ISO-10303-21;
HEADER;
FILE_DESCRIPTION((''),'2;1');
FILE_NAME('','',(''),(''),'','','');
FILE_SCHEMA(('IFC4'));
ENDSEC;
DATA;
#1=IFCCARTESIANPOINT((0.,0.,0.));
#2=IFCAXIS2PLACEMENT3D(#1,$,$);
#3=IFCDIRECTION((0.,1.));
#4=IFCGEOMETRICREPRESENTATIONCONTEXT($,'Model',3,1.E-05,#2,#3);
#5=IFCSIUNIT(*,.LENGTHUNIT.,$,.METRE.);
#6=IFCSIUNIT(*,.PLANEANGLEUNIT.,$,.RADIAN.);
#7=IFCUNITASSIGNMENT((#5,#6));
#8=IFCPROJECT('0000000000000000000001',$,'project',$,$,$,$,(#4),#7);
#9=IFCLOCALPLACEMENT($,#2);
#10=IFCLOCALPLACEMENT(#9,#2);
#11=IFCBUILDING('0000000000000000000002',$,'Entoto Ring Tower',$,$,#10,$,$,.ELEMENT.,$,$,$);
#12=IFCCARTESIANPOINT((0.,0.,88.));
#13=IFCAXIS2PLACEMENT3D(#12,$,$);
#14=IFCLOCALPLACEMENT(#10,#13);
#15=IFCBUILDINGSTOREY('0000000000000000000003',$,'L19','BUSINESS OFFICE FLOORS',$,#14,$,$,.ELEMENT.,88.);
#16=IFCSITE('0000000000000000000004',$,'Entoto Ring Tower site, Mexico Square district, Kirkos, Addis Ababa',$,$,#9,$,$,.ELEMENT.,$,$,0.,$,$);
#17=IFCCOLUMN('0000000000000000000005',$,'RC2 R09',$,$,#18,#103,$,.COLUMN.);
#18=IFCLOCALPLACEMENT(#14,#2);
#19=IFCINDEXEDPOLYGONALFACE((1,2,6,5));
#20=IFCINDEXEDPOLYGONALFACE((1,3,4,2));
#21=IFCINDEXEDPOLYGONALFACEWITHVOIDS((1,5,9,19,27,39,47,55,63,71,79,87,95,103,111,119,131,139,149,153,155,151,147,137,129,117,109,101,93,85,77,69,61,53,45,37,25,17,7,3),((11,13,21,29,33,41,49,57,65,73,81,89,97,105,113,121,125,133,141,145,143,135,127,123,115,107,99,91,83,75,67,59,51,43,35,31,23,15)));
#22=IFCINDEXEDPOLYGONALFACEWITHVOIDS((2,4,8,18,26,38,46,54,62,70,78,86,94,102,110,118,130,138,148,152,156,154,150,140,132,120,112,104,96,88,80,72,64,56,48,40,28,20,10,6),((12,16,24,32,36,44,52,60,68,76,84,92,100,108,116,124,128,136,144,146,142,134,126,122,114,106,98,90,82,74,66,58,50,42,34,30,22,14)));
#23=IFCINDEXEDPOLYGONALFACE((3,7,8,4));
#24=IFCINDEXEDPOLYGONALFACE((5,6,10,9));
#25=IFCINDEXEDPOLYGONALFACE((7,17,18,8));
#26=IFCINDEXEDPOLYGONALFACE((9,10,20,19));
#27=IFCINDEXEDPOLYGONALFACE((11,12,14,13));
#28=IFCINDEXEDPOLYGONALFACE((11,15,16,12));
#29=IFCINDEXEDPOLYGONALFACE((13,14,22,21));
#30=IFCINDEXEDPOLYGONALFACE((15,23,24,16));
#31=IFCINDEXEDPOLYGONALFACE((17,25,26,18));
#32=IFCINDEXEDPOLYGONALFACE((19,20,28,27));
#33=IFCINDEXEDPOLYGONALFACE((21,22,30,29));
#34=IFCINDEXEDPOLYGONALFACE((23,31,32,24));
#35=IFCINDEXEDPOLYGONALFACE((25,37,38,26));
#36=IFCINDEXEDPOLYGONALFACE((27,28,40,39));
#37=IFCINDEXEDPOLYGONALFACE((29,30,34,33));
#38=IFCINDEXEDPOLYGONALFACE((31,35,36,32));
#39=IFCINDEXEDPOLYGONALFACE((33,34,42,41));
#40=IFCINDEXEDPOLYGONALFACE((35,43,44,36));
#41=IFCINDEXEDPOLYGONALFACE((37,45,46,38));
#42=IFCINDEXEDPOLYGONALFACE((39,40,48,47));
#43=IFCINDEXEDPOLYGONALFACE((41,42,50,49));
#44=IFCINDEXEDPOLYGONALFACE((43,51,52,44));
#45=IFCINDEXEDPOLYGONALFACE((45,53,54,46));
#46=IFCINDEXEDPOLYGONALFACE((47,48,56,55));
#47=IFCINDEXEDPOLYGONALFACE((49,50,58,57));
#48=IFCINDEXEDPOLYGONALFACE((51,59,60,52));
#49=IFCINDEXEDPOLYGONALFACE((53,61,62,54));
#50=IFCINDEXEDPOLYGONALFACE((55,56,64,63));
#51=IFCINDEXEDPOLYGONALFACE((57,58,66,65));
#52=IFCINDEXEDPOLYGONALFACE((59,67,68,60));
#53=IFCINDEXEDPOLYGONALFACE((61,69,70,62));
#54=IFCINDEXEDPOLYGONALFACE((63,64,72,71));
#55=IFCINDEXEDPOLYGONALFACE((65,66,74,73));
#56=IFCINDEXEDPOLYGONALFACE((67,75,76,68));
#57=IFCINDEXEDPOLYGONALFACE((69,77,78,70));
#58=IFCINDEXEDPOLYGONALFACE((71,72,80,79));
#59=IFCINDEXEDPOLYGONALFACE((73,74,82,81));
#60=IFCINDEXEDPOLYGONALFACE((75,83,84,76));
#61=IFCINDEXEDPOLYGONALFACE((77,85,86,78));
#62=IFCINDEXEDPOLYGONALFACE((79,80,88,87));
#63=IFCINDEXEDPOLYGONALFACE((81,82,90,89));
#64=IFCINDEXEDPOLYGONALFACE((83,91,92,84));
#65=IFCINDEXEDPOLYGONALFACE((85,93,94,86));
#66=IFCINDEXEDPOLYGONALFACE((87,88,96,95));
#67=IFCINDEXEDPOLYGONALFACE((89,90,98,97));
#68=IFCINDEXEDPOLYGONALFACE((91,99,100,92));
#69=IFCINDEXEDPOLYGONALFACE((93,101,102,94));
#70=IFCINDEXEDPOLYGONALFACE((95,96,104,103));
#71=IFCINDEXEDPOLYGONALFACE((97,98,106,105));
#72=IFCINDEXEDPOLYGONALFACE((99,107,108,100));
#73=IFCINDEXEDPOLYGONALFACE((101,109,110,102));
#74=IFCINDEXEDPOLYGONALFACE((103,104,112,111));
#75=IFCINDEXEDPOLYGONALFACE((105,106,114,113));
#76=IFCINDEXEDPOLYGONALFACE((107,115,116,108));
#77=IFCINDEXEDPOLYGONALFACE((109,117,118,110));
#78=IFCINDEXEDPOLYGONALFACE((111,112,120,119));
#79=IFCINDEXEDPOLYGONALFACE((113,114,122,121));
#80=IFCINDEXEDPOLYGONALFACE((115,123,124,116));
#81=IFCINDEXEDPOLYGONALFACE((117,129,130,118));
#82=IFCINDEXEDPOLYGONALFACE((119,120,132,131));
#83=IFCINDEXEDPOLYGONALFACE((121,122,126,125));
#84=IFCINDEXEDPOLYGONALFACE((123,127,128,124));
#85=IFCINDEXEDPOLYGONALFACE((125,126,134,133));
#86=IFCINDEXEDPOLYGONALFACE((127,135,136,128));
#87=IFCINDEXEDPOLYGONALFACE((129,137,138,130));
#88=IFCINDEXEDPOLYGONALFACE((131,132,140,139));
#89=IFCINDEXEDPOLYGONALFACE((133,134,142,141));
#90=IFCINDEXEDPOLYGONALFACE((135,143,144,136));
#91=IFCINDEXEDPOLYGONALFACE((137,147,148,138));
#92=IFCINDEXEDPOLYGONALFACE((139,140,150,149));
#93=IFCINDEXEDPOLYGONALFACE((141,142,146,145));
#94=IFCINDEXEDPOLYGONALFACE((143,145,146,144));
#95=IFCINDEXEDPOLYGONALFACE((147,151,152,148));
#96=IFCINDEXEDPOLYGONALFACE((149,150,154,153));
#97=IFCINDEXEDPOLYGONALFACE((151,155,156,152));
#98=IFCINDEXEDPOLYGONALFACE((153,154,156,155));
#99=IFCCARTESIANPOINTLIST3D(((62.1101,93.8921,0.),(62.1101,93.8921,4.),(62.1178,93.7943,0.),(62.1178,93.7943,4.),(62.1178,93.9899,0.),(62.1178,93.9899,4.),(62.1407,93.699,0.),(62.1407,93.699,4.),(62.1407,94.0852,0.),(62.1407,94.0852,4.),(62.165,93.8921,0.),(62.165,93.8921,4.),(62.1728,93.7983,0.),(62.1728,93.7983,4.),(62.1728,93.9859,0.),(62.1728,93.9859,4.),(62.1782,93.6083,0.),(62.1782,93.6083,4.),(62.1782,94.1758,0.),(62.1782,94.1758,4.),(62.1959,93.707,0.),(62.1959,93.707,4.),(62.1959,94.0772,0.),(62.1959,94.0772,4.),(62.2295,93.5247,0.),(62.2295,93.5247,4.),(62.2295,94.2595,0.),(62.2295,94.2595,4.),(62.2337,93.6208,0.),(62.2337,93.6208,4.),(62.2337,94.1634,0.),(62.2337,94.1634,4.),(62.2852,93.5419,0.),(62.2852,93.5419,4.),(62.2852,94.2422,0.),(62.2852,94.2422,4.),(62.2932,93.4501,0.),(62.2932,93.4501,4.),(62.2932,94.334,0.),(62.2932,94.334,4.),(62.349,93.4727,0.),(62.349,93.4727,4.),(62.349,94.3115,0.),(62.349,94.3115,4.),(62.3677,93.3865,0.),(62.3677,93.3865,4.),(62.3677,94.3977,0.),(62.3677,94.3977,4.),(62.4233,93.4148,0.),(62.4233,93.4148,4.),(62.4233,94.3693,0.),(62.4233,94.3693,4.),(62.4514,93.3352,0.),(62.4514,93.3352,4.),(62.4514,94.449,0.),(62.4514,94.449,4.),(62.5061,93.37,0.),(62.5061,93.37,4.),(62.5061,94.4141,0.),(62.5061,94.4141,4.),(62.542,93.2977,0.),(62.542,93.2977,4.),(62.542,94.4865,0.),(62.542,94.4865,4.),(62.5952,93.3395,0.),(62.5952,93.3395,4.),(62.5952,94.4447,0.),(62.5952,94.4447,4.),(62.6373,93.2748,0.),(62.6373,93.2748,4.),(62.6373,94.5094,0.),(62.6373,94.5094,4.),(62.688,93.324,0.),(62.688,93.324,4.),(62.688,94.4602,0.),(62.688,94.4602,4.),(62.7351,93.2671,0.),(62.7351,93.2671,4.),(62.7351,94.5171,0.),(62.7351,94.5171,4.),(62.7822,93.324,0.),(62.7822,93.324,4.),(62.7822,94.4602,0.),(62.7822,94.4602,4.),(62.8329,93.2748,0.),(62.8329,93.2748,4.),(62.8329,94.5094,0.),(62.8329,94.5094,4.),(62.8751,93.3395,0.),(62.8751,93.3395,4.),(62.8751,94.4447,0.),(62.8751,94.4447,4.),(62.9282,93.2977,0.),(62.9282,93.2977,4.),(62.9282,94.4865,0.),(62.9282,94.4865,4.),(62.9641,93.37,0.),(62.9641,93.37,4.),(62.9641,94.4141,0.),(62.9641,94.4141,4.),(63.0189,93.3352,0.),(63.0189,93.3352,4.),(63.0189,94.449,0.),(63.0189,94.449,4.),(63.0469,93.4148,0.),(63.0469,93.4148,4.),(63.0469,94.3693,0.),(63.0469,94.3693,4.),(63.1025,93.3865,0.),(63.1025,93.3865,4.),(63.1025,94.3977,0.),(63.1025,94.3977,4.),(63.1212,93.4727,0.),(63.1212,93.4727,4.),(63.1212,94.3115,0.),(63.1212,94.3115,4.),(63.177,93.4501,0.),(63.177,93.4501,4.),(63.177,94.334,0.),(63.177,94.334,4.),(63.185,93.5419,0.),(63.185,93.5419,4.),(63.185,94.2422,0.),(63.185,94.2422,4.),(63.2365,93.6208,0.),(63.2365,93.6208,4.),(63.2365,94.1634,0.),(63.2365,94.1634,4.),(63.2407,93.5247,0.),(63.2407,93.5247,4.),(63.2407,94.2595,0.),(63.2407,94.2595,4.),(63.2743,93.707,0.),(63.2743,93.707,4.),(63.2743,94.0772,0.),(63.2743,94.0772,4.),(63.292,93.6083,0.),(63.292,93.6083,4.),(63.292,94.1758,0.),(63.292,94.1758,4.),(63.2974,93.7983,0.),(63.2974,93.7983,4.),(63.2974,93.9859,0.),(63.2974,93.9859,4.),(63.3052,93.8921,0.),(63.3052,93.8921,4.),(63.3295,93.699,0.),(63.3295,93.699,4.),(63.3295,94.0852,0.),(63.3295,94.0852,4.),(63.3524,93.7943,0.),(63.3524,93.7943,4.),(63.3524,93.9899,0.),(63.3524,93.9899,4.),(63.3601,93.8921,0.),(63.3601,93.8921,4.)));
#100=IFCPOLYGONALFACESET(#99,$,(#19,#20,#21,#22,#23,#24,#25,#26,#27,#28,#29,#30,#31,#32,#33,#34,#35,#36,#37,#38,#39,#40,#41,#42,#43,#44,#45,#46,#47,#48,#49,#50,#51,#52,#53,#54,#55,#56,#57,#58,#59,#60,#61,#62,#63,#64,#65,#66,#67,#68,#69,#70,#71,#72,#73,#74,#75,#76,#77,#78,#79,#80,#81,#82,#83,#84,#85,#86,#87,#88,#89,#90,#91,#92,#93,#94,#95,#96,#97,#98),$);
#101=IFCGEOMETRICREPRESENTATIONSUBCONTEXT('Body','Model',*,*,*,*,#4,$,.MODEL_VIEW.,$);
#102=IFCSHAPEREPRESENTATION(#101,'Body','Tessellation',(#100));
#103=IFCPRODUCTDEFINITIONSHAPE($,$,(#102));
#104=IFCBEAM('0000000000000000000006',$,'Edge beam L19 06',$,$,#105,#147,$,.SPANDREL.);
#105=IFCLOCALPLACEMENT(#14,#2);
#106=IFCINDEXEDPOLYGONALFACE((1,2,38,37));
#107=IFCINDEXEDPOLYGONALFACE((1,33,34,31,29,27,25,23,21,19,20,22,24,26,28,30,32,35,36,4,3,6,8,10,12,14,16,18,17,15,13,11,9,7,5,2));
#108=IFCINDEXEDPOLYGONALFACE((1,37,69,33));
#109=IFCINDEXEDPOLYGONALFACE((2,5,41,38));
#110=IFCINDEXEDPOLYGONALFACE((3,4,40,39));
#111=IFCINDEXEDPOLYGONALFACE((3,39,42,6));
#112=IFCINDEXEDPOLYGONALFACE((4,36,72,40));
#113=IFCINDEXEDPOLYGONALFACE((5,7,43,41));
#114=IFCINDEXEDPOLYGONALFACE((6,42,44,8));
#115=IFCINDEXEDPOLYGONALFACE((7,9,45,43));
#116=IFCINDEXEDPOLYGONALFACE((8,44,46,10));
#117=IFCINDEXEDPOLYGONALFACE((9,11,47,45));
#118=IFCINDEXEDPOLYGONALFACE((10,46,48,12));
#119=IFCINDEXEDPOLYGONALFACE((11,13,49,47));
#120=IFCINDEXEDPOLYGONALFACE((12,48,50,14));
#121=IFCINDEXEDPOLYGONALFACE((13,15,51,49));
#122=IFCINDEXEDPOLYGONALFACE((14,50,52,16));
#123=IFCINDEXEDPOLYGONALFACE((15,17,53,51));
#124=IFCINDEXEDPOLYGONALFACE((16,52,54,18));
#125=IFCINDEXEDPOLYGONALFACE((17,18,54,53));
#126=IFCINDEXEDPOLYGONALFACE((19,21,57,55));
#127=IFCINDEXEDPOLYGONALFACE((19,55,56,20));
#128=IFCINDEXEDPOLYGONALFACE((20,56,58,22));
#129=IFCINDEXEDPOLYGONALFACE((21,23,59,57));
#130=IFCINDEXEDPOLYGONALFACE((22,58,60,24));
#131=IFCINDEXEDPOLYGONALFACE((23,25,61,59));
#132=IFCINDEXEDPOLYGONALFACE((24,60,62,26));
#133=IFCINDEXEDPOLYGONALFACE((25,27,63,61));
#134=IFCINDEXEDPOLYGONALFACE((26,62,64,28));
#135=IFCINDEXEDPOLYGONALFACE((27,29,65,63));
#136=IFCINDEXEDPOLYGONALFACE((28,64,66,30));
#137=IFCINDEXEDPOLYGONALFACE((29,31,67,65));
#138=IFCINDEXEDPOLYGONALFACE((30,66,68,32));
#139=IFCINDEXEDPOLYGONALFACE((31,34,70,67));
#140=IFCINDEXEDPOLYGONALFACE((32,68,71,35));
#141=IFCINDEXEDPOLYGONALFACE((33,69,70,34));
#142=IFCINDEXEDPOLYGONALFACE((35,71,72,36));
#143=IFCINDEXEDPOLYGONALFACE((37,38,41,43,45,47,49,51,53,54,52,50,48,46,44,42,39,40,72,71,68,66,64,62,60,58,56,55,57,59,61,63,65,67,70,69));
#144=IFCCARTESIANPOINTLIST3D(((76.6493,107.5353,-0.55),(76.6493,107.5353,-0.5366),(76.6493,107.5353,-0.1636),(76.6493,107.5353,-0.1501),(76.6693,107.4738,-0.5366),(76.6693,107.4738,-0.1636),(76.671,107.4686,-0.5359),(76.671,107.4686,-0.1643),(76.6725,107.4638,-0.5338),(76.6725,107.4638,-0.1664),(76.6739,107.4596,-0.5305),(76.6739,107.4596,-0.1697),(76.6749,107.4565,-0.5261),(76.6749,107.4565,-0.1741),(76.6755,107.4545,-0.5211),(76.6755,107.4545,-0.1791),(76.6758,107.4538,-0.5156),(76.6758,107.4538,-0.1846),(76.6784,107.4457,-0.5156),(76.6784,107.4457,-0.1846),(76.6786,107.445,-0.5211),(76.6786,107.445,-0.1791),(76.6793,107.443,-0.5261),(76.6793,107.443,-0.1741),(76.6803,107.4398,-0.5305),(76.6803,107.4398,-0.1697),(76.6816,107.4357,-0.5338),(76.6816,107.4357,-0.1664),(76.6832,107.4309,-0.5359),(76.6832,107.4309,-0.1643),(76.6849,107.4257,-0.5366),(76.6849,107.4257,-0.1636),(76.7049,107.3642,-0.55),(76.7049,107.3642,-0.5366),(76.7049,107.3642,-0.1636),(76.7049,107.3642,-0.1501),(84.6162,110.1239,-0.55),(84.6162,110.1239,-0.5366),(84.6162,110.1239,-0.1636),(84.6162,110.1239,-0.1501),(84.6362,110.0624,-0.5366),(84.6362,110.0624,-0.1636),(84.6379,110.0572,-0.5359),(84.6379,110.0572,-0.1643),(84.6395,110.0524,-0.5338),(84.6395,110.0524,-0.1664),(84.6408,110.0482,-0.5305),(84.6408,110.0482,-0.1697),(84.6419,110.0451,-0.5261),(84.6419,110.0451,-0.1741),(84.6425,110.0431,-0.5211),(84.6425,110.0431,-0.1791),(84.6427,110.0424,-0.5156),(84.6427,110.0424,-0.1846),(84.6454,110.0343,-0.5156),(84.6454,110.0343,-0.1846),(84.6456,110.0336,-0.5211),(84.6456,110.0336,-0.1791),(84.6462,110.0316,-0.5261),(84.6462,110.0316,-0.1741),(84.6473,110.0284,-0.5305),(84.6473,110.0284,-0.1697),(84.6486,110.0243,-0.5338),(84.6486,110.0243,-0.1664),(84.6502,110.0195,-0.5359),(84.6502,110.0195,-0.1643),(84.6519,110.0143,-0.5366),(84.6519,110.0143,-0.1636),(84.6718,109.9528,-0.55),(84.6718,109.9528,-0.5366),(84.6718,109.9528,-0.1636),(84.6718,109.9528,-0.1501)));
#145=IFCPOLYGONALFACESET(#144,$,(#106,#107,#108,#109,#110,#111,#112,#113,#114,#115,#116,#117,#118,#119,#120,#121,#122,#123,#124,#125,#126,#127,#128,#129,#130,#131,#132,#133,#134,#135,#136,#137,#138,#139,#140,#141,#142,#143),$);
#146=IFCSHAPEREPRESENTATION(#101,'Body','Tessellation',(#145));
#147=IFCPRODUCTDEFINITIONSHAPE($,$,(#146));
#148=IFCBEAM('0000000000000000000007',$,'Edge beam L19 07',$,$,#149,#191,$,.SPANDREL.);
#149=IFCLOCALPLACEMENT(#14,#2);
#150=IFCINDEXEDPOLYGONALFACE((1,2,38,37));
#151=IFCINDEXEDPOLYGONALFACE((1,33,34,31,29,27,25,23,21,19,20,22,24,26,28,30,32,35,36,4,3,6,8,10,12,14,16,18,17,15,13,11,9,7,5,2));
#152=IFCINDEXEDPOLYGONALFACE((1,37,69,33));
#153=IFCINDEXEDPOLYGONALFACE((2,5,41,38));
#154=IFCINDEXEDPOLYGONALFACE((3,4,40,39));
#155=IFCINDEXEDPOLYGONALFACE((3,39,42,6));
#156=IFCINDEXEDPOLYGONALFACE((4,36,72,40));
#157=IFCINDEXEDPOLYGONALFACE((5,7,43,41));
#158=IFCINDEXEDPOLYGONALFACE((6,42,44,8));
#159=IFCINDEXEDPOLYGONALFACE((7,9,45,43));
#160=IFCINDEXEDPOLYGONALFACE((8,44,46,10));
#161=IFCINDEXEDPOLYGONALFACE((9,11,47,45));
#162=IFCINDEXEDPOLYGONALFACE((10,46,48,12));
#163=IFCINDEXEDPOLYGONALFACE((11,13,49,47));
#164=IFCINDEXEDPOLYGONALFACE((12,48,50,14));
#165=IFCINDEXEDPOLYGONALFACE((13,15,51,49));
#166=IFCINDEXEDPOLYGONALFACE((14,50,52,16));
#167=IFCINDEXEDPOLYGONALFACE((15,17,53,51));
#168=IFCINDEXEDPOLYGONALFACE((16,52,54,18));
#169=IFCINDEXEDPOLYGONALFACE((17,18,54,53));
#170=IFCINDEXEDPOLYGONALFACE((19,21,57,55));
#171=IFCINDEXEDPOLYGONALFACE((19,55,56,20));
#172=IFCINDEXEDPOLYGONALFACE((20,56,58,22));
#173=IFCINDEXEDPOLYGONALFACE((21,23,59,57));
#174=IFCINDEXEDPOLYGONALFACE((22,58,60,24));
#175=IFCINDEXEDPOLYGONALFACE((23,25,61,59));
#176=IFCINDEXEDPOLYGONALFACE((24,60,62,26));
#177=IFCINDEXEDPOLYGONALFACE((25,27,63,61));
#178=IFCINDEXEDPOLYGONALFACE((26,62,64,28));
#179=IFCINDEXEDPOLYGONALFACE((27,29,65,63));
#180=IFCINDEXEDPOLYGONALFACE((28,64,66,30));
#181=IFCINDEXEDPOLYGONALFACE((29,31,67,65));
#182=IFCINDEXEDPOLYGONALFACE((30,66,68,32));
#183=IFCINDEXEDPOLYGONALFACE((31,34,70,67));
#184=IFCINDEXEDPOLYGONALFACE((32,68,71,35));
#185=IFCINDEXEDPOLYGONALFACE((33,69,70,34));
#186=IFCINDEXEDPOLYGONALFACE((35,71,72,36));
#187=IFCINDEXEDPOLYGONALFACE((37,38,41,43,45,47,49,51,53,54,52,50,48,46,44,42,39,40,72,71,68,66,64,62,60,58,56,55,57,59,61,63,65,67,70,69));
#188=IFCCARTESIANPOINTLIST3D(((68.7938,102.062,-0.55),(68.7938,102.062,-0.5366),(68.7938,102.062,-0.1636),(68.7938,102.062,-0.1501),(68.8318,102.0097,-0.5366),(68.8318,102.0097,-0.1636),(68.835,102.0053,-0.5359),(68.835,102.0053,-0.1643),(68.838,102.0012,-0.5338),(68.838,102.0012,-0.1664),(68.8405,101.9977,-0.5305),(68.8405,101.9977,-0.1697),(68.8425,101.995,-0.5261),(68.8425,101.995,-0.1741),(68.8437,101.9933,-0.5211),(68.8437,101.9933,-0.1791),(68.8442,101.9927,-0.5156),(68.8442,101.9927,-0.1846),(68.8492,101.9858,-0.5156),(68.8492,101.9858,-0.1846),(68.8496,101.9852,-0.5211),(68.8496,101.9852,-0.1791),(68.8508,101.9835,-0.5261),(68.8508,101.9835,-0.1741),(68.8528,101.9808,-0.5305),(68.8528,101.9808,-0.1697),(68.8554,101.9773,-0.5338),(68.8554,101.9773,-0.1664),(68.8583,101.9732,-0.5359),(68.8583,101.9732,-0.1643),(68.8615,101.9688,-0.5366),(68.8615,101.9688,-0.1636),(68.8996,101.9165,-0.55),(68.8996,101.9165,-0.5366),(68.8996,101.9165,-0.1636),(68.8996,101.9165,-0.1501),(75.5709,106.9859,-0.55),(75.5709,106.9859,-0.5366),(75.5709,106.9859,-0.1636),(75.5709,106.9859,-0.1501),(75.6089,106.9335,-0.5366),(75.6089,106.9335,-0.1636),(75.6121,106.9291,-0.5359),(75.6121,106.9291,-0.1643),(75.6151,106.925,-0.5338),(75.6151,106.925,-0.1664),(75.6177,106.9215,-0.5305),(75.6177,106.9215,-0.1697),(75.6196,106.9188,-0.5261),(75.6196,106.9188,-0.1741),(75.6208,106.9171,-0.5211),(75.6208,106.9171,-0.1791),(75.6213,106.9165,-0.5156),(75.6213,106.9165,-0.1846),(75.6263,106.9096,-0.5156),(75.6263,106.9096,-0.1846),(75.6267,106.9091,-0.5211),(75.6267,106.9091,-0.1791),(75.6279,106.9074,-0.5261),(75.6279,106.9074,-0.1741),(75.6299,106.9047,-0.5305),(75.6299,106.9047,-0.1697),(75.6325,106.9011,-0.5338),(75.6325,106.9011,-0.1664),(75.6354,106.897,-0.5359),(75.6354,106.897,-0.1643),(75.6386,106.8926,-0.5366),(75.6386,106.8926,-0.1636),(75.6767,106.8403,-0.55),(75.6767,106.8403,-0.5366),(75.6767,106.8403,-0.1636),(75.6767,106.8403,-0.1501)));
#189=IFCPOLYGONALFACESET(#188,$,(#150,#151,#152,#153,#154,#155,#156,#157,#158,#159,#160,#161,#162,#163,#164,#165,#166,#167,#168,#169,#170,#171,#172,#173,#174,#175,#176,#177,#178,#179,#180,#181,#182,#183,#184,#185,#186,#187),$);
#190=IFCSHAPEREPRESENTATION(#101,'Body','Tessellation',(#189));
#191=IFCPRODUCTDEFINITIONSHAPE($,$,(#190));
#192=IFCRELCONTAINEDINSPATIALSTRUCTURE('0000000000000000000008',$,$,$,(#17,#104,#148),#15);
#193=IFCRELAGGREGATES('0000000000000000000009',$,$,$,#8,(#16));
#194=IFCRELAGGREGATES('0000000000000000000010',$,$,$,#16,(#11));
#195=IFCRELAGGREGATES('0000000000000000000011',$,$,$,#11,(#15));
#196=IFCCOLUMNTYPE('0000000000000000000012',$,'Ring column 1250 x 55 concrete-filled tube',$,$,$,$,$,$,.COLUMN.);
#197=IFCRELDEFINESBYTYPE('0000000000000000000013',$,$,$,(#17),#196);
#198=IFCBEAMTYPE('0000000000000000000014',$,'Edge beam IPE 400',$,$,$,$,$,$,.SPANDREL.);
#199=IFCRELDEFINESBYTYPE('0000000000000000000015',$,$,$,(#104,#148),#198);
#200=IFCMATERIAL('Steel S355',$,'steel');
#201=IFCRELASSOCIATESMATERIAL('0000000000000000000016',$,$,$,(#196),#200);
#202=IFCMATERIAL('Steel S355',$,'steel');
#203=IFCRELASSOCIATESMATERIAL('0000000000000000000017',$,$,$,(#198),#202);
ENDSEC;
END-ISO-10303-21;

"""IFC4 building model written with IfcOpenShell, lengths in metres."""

from ifc_helpers import new_model, si_unit, direction, frame, origin, origin_2d, place, context, subcontext, project, spatial, circle, hollow_circle, i_section, extrude, material, material_profile, profile_set, type_object, element, save


model = new_model("IFC4")

# Units and contexts
model_context = context("Model", 3, precision=1e-05, world=origin(), true_north=direction((0.0, 1.0)))
body_context = subcontext(model_context, "Body", "Model", "MODEL_VIEW")
ifc_project = project(units=[si_unit("LENGTHUNIT", "METRE"), si_unit("PLANEANGLEUNIT", "RADIAN")], contexts=[model_context])

# Site, building, storey
site_placement = place(None, origin())
site = spatial("IfcSite", under=ifc_project, at=site_placement, Name="Entoto Ring Tower site, Mexico Square district, Kirkos, Addis Ababa", CompositionType="ELEMENT", RefElevation=0.0)
building_placement = place(site_placement, origin())
building = spatial("IfcBuilding", under=site, at=building_placement, Name="Entoto Ring Tower", CompositionType="ELEMENT")
storey_placement = place(building_placement, frame((0.0, 0.0, 88.0)))
storey = spatial("IfcBuildingStorey", under=building, at=storey_placement, Name="L19", Description="BUSINESS OFFICE FLOORS", CompositionType="ELEMENT", Elevation=88.0)

# Column
ifc_material_1 = material(Name="Steel S355", Category="steel")
ifc_material_profile_1 = material_profile(ifc_material_1, hollow_circle(Radius=0.625, WallThickness=0.0549, at=origin_2d()), Name="CHS 1250 x 55")
ifc_material_2 = material(Name="Concrete C60/75", Category="concrete")
ifc_material_profile_2 = material_profile(ifc_material_2, circle(Radius=0.5701, at=origin_2d()), Name="Concrete C60/75 infill")
ifc_profile_set_1 = profile_set([ifc_material_profile_1, ifc_material_profile_2], Name="Steel S355")
column_type = type_object("IfcColumnType", Name="Ring column 1250 x 55 concrete-filled tube", PredefinedType="COLUMN", material=ifc_profile_set_1)
for number, where, z_axis, x_axis, name in (
    (1, (62.7351, 93.8921, 0.0), (0.0, 0.0, 1.0), (1.0, 0.0, 0.0), "RC2 R09"),
):
    element("IfcColumn", number, at=place(storey_placement, frame(where, z_axis=z_axis, x_axis=x_axis)), inside=storey, type_object=column_type, Name=name, PredefinedType="COLUMN", context=body_context, shape_type="SweptSolid", body=[
        extrude(hollow_circle(Radius=0.625, WallThickness=0.0549, at=origin_2d()), origin(), (0.0, 0.0, 1.0), 4.0),
    ])

# Beams
ifc_material_3 = material(Name="Steel S355", Category="steel")
ifc_material_profile_3 = material_profile(ifc_material_3, i_section(OverallWidth=0.1799, OverallDepth=0.3999, WebThickness=0.0085, FlangeThickness=0.0134, FilletRadius=0.021, at=origin_2d()), Name="IPE 400")
ifc_profile_set_2 = profile_set([ifc_material_profile_3], Name="Steel S355")
beam_type_1 = type_object("IfcBeamType", Name="Edge beam IPE 400", PredefinedType="SPANDREL", material=ifc_profile_set_2)
for number, where, z_axis, x_axis, name in (
    (2, (84.644, 110.0383, -0.3501), (-0.951057, -0.309014, 0.0), (0.309014, -0.951057, 0.0), "Edge beam L19 06"),
    (3, (75.6238, 106.9131, -0.3501), (-0.809018, -0.587783, 0.0), (0.587783, -0.809018, 0.0), "Edge beam L19 07"),
):
    element("IfcBeam", number, at=place(storey_placement, frame(where, z_axis=z_axis, x_axis=x_axis)), inside=storey, type_object=beam_type_1, Name=name, PredefinedType="SPANDREL", context=body_context, shape_type="SweptSolid", body=[
        extrude(i_section(OverallWidth=0.1799, OverallDepth=0.3999, WebThickness=0.0085, FlangeThickness=0.0134, FilletRadius=0.021, at=origin_2d()), origin(), (0.0, 0.0, 1.0), 8.377),
    ])

save(model, "model.ifc")
